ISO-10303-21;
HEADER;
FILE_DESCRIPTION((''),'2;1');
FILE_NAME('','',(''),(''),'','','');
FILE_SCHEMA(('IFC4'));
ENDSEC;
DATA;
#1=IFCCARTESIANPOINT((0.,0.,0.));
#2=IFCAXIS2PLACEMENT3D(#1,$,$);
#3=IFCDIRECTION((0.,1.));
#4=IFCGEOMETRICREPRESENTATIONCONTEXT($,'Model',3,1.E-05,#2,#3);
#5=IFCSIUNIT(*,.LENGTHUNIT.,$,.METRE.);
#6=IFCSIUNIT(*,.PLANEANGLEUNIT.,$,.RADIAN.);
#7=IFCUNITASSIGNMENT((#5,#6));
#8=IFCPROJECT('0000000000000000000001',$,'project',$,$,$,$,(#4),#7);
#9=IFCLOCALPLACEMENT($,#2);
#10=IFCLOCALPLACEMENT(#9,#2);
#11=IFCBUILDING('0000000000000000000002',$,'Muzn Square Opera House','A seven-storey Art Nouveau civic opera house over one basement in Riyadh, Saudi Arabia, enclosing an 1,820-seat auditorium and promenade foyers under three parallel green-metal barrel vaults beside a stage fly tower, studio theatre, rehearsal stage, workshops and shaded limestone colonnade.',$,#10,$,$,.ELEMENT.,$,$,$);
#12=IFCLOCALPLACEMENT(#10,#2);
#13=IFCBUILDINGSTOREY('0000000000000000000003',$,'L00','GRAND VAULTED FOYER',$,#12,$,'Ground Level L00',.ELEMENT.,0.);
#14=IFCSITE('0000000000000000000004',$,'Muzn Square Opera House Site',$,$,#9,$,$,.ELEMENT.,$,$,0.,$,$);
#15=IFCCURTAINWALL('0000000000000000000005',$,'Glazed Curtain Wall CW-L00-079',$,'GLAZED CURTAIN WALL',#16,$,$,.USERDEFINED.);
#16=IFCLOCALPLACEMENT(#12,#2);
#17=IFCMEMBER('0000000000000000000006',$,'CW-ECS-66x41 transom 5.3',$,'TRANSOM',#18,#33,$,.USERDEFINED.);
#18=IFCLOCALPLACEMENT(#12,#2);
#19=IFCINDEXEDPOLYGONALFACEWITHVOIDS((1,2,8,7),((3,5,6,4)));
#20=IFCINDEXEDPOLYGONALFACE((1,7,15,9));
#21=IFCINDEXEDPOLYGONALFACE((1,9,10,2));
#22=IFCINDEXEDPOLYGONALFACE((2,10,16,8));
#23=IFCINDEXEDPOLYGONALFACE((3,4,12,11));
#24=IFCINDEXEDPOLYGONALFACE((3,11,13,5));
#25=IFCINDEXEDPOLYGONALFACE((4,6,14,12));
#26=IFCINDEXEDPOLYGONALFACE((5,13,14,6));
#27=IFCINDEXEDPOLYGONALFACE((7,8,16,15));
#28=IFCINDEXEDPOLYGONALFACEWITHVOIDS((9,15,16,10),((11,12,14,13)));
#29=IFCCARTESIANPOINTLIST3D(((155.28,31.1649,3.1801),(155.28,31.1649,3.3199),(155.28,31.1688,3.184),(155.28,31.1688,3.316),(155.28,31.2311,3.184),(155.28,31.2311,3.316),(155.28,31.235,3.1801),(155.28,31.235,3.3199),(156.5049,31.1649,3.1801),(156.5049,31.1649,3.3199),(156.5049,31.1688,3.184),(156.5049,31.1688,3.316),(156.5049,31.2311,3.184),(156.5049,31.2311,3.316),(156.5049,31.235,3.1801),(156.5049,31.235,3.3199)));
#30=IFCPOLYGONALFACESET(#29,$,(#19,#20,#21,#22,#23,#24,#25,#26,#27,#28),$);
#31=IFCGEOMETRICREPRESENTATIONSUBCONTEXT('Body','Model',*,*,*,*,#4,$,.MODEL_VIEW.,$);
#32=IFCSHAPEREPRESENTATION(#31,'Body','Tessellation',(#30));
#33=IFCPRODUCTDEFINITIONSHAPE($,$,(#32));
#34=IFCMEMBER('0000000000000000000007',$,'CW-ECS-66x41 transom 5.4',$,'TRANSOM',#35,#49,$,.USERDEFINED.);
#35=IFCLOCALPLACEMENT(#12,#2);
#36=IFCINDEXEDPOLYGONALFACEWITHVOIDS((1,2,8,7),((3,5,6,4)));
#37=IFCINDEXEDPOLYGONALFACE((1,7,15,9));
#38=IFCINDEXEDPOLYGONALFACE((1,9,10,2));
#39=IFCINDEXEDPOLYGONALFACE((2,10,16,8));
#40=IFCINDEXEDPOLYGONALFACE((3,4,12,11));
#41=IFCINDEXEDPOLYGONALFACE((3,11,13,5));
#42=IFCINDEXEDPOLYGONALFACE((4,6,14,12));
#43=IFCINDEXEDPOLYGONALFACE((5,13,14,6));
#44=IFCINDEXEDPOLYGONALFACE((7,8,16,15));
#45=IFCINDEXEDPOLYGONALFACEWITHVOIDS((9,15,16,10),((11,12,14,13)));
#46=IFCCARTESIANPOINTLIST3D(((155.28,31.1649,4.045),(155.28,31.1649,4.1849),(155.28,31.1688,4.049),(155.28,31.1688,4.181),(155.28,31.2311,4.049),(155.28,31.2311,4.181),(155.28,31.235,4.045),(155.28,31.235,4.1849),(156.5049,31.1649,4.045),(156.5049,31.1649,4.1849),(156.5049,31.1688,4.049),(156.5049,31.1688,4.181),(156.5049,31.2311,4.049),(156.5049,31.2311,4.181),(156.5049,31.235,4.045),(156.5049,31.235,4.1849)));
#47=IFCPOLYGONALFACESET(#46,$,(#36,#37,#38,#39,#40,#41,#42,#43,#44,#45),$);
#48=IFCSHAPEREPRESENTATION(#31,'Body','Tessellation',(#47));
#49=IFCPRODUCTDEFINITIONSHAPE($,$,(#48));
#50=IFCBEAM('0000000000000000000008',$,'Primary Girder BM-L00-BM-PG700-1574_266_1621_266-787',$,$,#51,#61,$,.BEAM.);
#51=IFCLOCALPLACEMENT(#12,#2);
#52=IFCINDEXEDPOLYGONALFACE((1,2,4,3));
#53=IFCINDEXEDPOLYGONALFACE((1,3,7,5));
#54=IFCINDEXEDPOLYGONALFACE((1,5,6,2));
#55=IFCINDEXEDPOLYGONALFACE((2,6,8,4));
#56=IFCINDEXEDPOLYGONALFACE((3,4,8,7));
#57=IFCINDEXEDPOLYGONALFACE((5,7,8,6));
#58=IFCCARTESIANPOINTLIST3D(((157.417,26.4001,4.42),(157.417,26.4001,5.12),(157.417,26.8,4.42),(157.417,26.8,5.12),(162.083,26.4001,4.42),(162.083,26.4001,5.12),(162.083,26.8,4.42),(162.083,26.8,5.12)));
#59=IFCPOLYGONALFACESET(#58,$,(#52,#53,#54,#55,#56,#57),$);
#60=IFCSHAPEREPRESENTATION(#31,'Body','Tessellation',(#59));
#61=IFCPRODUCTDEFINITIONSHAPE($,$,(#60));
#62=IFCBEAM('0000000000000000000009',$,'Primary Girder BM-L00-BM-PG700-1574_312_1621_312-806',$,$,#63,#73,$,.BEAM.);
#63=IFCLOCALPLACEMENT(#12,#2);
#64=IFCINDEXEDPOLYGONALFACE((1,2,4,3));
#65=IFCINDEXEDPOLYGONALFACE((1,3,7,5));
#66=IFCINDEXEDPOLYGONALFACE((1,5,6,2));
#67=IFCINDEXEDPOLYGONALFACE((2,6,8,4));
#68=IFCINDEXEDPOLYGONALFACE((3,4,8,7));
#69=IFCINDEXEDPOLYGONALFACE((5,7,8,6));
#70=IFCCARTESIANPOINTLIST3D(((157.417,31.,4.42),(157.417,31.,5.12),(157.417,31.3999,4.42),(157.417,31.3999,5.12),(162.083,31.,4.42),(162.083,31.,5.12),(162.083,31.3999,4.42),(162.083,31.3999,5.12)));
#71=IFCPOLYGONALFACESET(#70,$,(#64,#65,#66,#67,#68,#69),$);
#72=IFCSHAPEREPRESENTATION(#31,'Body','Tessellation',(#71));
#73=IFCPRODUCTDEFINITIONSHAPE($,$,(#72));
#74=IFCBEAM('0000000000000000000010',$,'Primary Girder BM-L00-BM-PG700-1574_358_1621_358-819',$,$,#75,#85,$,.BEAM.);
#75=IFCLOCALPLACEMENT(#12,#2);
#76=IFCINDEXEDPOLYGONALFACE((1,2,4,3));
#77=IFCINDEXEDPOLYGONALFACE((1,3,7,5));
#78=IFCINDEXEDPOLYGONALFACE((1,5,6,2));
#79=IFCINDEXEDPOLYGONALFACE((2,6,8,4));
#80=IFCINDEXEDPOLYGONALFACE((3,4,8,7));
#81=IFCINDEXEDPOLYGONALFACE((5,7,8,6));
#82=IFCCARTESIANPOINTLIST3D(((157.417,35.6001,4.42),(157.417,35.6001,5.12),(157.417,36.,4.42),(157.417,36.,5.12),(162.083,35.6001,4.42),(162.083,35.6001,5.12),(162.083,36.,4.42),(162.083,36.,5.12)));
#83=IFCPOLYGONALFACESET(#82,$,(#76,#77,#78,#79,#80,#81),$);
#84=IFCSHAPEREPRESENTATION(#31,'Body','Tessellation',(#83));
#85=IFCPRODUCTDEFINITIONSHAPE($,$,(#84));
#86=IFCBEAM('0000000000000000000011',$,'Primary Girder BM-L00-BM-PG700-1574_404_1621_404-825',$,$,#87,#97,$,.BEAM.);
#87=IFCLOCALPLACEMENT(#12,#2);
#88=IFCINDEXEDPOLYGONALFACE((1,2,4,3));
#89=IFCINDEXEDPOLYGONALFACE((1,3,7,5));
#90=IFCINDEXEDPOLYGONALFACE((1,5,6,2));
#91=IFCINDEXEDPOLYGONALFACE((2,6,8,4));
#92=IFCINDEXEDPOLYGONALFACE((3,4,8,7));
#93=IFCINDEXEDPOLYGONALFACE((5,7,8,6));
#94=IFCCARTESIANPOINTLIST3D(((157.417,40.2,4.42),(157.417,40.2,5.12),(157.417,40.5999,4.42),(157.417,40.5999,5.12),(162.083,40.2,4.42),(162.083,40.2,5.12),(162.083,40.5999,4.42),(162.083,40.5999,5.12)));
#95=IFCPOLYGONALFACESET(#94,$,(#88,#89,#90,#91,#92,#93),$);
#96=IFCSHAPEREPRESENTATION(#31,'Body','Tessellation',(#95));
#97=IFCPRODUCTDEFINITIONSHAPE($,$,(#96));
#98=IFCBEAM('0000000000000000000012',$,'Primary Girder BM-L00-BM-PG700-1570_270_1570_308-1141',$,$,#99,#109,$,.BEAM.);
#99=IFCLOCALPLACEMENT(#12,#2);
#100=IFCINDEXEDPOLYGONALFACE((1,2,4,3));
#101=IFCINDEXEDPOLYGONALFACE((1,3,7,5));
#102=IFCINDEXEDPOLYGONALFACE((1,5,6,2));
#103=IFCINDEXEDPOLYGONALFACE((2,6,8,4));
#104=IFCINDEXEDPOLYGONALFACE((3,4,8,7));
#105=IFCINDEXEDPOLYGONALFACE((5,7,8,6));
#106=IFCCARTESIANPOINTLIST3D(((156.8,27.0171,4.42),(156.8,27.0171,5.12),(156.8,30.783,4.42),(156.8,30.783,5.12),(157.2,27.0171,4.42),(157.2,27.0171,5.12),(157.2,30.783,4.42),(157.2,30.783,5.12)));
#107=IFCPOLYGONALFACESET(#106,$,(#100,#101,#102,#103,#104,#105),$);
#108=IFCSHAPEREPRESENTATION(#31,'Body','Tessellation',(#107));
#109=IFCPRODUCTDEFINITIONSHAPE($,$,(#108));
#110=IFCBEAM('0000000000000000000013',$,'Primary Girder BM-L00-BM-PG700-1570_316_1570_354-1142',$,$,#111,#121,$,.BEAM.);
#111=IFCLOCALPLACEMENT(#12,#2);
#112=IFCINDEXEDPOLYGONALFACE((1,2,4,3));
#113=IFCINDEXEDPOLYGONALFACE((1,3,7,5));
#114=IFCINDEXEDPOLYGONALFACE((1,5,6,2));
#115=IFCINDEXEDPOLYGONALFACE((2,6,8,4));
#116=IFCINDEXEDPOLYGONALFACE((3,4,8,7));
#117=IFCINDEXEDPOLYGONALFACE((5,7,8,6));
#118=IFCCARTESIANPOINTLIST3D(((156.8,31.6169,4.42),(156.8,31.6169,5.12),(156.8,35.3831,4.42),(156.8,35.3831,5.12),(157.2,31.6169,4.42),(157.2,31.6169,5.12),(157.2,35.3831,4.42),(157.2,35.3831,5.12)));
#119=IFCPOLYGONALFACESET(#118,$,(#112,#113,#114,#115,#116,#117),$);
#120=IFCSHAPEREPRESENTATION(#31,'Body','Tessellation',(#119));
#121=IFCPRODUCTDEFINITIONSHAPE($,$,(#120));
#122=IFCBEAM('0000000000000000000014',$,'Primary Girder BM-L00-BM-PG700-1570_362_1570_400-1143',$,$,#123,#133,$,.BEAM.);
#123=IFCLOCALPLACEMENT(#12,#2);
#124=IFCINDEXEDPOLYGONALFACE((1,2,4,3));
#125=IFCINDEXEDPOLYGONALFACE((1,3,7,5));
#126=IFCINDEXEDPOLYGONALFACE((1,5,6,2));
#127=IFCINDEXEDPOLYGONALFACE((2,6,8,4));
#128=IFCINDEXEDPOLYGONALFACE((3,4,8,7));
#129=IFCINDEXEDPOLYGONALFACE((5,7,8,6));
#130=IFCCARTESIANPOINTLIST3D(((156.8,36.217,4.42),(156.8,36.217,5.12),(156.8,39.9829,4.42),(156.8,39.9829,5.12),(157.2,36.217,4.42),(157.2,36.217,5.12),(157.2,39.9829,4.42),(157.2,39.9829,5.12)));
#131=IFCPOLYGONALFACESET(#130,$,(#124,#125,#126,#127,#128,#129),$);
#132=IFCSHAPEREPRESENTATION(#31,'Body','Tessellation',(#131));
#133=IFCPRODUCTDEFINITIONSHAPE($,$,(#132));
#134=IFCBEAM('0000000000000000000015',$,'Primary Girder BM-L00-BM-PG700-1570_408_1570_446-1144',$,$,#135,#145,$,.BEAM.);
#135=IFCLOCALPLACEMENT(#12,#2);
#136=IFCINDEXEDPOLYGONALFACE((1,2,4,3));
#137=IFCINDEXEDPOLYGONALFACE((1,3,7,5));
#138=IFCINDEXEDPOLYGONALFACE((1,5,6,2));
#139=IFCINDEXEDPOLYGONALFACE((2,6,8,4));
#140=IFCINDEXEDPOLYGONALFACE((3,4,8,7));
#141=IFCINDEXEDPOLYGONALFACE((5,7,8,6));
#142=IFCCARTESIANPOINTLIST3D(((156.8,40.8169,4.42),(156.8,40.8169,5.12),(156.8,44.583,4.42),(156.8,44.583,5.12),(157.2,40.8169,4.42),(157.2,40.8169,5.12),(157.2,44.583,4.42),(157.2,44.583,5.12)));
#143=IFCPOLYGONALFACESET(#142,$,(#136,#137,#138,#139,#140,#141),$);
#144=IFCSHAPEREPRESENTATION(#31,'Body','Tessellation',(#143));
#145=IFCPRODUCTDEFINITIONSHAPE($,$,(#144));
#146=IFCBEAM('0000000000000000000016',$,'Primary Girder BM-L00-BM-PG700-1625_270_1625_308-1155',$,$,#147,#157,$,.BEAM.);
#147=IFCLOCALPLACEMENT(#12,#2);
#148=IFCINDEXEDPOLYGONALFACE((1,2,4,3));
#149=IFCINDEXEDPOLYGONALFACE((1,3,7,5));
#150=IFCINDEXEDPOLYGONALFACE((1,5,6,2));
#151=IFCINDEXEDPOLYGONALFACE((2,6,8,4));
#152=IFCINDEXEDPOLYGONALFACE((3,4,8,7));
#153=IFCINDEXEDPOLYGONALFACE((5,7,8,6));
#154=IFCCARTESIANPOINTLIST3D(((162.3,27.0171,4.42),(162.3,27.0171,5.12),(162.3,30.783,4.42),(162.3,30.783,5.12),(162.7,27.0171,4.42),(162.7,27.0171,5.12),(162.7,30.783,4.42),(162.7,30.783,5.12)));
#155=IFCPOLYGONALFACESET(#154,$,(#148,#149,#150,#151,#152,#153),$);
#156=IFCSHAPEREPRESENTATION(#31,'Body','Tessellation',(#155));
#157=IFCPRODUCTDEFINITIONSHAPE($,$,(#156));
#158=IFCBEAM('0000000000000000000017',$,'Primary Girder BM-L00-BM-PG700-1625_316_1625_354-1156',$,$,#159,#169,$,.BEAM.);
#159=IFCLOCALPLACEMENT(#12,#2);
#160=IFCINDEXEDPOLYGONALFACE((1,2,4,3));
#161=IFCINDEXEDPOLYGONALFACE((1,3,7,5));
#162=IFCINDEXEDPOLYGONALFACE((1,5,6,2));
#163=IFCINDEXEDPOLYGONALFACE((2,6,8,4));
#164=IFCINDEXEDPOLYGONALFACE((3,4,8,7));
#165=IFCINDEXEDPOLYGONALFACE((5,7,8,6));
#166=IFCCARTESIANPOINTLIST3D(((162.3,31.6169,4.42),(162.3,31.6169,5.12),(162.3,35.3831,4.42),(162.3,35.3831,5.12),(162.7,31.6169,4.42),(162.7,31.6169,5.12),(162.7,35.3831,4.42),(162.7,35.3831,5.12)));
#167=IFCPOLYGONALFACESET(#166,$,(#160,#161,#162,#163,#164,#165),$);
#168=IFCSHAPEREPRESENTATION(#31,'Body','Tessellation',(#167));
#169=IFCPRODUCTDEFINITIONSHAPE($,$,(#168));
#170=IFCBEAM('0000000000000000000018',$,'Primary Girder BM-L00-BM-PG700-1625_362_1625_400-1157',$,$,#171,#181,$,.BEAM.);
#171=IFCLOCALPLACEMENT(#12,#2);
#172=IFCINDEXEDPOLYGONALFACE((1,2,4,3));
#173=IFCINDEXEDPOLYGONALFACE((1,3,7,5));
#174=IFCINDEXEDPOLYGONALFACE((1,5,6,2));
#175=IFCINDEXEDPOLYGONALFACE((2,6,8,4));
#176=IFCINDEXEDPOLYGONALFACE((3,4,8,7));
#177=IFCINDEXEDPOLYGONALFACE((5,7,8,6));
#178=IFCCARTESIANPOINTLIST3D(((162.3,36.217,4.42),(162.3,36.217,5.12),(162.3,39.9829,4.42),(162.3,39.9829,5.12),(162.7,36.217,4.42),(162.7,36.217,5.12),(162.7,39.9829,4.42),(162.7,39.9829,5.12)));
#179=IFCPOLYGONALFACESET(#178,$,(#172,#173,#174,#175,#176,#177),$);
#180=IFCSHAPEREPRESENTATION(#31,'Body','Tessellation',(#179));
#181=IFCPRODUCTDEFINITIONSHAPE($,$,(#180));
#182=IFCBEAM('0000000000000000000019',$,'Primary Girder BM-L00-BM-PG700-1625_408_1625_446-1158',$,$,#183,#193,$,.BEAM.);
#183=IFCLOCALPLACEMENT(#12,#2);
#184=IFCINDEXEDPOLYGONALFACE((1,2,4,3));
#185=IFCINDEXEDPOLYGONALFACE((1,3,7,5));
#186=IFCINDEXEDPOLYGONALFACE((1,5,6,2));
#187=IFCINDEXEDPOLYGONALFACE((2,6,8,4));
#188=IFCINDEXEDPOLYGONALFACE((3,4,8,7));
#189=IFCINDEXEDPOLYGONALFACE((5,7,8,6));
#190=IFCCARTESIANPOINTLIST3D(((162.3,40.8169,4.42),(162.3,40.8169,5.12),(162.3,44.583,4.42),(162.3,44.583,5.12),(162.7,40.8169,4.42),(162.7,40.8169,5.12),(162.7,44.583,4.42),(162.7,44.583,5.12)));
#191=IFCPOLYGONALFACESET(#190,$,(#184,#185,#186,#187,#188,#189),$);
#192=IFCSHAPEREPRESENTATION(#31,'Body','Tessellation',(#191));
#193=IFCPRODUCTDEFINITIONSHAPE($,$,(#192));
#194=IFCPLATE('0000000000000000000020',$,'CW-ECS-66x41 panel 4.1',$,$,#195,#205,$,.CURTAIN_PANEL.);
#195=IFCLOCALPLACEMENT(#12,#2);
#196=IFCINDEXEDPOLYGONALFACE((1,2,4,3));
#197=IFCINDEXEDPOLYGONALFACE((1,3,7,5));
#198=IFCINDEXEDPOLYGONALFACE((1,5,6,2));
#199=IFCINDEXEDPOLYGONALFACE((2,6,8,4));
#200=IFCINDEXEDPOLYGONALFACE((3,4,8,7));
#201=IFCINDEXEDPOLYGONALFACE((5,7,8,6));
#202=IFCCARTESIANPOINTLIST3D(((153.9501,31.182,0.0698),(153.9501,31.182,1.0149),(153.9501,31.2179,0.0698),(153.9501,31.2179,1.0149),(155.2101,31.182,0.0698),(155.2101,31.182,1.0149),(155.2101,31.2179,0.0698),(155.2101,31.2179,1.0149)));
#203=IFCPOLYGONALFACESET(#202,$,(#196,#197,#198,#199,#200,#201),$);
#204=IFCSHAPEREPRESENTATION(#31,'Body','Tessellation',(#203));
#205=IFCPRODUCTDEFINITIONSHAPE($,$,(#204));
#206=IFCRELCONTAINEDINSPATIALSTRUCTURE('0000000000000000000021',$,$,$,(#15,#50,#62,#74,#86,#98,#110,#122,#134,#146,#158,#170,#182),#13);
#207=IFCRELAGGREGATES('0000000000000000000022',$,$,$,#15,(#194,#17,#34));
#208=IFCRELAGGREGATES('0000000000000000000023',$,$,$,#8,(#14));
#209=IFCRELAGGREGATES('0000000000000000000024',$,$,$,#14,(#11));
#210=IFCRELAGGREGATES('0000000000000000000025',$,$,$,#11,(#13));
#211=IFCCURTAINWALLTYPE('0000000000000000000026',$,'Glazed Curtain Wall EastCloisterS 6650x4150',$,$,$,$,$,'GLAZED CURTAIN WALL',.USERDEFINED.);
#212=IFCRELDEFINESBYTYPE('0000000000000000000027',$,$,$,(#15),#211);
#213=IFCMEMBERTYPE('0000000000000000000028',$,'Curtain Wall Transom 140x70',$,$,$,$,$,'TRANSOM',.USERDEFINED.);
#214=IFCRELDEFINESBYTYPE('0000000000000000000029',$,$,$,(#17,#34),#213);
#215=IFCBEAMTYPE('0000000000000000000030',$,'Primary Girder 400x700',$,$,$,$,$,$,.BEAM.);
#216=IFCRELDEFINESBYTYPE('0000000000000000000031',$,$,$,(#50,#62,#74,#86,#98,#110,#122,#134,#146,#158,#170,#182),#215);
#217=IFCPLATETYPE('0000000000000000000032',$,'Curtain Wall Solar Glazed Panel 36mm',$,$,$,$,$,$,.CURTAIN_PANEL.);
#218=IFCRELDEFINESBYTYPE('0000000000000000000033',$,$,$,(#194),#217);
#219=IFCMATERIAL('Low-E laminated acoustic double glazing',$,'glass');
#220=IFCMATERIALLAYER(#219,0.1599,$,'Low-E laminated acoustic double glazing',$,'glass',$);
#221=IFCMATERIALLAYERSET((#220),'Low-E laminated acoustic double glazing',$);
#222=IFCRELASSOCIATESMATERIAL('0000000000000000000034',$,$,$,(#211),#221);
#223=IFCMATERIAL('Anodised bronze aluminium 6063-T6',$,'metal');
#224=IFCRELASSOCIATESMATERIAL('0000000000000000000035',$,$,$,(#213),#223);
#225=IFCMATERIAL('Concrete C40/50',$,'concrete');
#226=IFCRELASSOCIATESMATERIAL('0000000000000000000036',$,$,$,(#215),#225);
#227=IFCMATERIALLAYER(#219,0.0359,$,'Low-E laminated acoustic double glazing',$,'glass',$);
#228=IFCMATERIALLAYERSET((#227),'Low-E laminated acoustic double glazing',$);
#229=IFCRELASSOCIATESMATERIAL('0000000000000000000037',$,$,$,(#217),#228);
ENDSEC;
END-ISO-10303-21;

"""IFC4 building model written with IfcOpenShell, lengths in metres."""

from ifc_helpers import new_model, si_unit, direction, frame, origin, origin_2d, place, context, subcontext, project, spatial, rectangle, hollow_rectangle, extrude, material, layer, layer_set, material_profile, profile_set, type_object, element, aggregate, save


model = new_model("IFC4")

# Units and contexts
model_context = context("Model", 3, precision=1e-05, world=origin(), true_north=direction((0.0, 1.0)))
body_context = subcontext(model_context, "Body", "Model", "MODEL_VIEW")
ifc_project = project(units=[si_unit("LENGTHUNIT", "METRE"), si_unit("PLANEANGLEUNIT", "RADIAN")], contexts=[model_context])

# Site, building, storey
site_placement = place(None, origin())
site = spatial("IfcSite", under=ifc_project, at=site_placement, Name="Muzn Square Opera House Site", CompositionType="ELEMENT", RefElevation=0.0)
building_placement = place(site_placement, origin())
building = spatial("IfcBuilding", under=site, at=building_placement, Name="Muzn Square Opera House", Description="A seven-storey Art Nouveau civic opera house over one basement in Riyadh, Saudi Arabia, enclosing an 1,820-seat auditorium and promenade foyers under three parallel green-metal barrel vaults beside a stage fly tower, studio theatre, rehearsal stage, workshops and shaded limestone colonnade.", CompositionType="ELEMENT")
storey_placement = place(building_placement, origin())
storey = spatial("IfcBuildingStorey", under=building, at=storey_placement, Name="L00", Description="GRAND VAULTED FOYER", LongName="Ground Level L00", CompositionType="ELEMENT", Elevation=0.0)

# Curtain wall, members
ifc_material_1 = material(Name="Low-E laminated acoustic double glazing", Category="glass")
ifc_layer_1 = layer(ifc_material_1, 0.1599, Name="Low-E laminated acoustic double glazing", Category="glass")
ifc_layer_set_1 = layer_set([ifc_layer_1], Name="Low-E laminated acoustic double glazing")
curtain_wall_type = type_object("IfcCurtainWallType", Name="Glazed Curtain Wall EastCloisterS 6650x4150", ElementType="GLAZED CURTAIN WALL", PredefinedType="USERDEFINED", material=ifc_layer_set_1)
curtain_wall_placement = place(storey_placement, origin())
curtain_wall = element("IfcCurtainWall", 1, at=curtain_wall_placement, inside=storey, type_object=curtain_wall_type, Name="Glazed Curtain Wall CW-L00-079", ObjectType="GLAZED CURTAIN WALL", PredefinedType="USERDEFINED")
ifc_material_2 = material(Name="Anodised bronze aluminium 6063-T6", Category="metal")
ifc_material_profile_1 = material_profile(ifc_material_2, hollow_rectangle(XDim=0.0701, YDim=0.1399, WallThickness=0.0039, at=origin_2d()), Name="ALU 140x70x4", Category="metal")
ifc_profile_set_1 = profile_set([ifc_material_profile_1], Name="Anodised bronze aluminium 6063-T6")
member_type_1 = type_object("IfcMemberType", Name="Curtain Wall Transom 140x70", ElementType="TRANSOM", PredefinedType="USERDEFINED", material=ifc_profile_set_1)
member_1_placement = place(storey_placement, frame((155.28, 31.2, 3.25), z_axis=(1.0, 0.0, 0.0), x_axis=(0.0, 1.0, 0.0)))
member_1 = element("IfcMember", 2, at=member_1_placement, type_object=member_type_1, Name="CW-ECS-66x41 transom 5.3", ObjectType="TRANSOM", PredefinedType="USERDEFINED", context=body_context, shape_type="SweptSolid", body=[
    extrude(hollow_rectangle(XDim=0.0701, YDim=0.1399, WallThickness=0.0039, at=origin_2d()), origin(), (0.0, 0.0, 1.0), 1.2249),
])
member_2_placement = place(storey_placement, frame((155.28, 31.2, 4.115), z_axis=(1.0, 0.0, 0.0), x_axis=(0.0, 1.0, 0.0)))
member_2 = element("IfcMember", 3, at=member_2_placement, type_object=member_type_1, Name="CW-ECS-66x41 transom 5.4", ObjectType="TRANSOM", PredefinedType="USERDEFINED", context=body_context, shape_type="SweptSolid", body=[
    extrude(hollow_rectangle(XDim=0.0701, YDim=0.1399, WallThickness=0.0039, at=origin_2d()), origin(), (0.0, 0.0, 1.0), 1.2249),
])

# Beams
ifc_material_3 = material(Name="Concrete C40/50", Category="concrete")
ifc_material_profile_2 = material_profile(ifc_material_3, rectangle(XDim=0.3999, YDim=0.7, at=origin_2d()), Name="RCB 400x700", Category="concrete")
ifc_profile_set_2 = profile_set([ifc_material_profile_2], Name="Concrete C40/50")
beam_type = type_object("IfcBeamType", Name="Primary Girder 400x700", PredefinedType="BEAM", material=ifc_profile_set_2)
for number, where, z_axis, x_axis, name in (
    (4, (157.417, 26.6001, 4.77), (1.0, 0.0, 0.0), (0.0, 1.0, 0.0), "Primary Girder BM-L00-BM-PG700-1574_266_1621_266-787"),
    (5, (157.417, 31.2, 4.77), (1.0, 0.0, 0.0), (0.0, 1.0, 0.0), "Primary Girder BM-L00-BM-PG700-1574_312_1621_312-806"),
    (6, (157.417, 35.8, 4.77), (1.0, 0.0, 0.0), (0.0, 1.0, 0.0), "Primary Girder BM-L00-BM-PG700-1574_358_1621_358-819"),
    (7, (157.417, 40.3999, 4.77), (1.0, 0.0, 0.0), (0.0, 1.0, 0.0), "Primary Girder BM-L00-BM-PG700-1574_404_1621_404-825"),
):
    element("IfcBeam", number, at=place(storey_placement, frame(where, z_axis=z_axis, x_axis=x_axis)), inside=storey, type_object=beam_type, Name=name, PredefinedType="BEAM", context=body_context, shape_type="SweptSolid", body=[
        extrude(rectangle(XDim=0.3999, YDim=0.7, at=origin_2d()), origin(), (0.0, 0.0, 1.0), 4.666),
    ])
beam_1_placement = place(storey_placement, frame((157.0, 27.0171, 4.77), z_axis=(0.0, 1.0, 0.0), x_axis=(-1.0, 0.0, 0.0)))
element("IfcBeam", 8, at=beam_1_placement, inside=storey, type_object=beam_type, Name="Primary Girder BM-L00-BM-PG700-1570_270_1570_308-1141", PredefinedType="BEAM", context=body_context, shape_type="SweptSolid", body=[
    extrude(rectangle(XDim=0.3999, YDim=0.7, at=origin_2d()), origin(), (0.0, 0.0, 1.0), 3.7659),
])
beam_2_placement = place(storey_placement, frame((157.0, 31.6169, 4.77), z_axis=(0.0, 1.0, 0.0), x_axis=(-1.0, 0.0, 0.0)))
element("IfcBeam", 9, at=beam_2_placement, inside=storey, type_object=beam_type, Name="Primary Girder BM-L00-BM-PG700-1570_316_1570_354-1142", PredefinedType="BEAM", context=body_context, shape_type="SweptSolid", body=[
    extrude(rectangle(XDim=0.3999, YDim=0.7, at=origin_2d()), origin(), (0.0, 0.0, 1.0), 3.7661),
])
beam_3_placement = place(storey_placement, frame((157.0, 36.217, 4.77), z_axis=(0.0, 1.0, 0.0), x_axis=(-1.0, 0.0, 0.0)))
element("IfcBeam", 10, at=beam_3_placement, inside=storey, type_object=beam_type, Name="Primary Girder BM-L00-BM-PG700-1570_362_1570_400-1143", PredefinedType="BEAM", context=body_context, shape_type="SweptSolid", body=[
    extrude(rectangle(XDim=0.3999, YDim=0.7, at=origin_2d()), origin(), (0.0, 0.0, 1.0), 3.7659),
])
beam_4_placement = place(storey_placement, frame((157.0, 40.8169, 4.77), z_axis=(0.0, 1.0, 0.0), x_axis=(-1.0, 0.0, 0.0)))
element("IfcBeam", 11, at=beam_4_placement, inside=storey, type_object=beam_type, Name="Primary Girder BM-L00-BM-PG700-1570_408_1570_446-1144", PredefinedType="BEAM", context=body_context, shape_type="SweptSolid", body=[
    extrude(rectangle(XDim=0.3999, YDim=0.7, at=origin_2d()), origin(), (0.0, 0.0, 1.0), 3.7661),
])
beam_5_placement = place(storey_placement, frame((162.5, 27.0171, 4.77), z_axis=(0.0, 1.0, 0.0), x_axis=(-1.0, 0.0, 0.0)))
element("IfcBeam", 12, at=beam_5_placement, inside=storey, type_object=beam_type, Name="Primary Girder BM-L00-BM-PG700-1625_270_1625_308-1155", PredefinedType="BEAM", context=body_context, shape_type="SweptSolid", body=[
    extrude(rectangle(XDim=0.3999, YDim=0.7, at=origin_2d()), origin(), (0.0, 0.0, 1.0), 3.7659),
])
beam_6_placement = place(storey_placement, frame((162.5, 31.6169, 4.77), z_axis=(0.0, 1.0, 0.0), x_axis=(-1.0, 0.0, 0.0)))
element("IfcBeam", 13, at=beam_6_placement, inside=storey, type_object=beam_type, Name="Primary Girder BM-L00-BM-PG700-1625_316_1625_354-1156", PredefinedType="BEAM", context=body_context, shape_type="SweptSolid", body=[
    extrude(rectangle(XDim=0.3999, YDim=0.7, at=origin_2d()), origin(), (0.0, 0.0, 1.0), 3.7661),
])
beam_7_placement = place(storey_placement, frame((162.5, 36.217, 4.77), z_axis=(0.0, 1.0, 0.0), x_axis=(-1.0, 0.0, 0.0)))
element("IfcBeam", 14, at=beam_7_placement, inside=storey, type_object=beam_type, Name="Primary Girder BM-L00-BM-PG700-1625_362_1625_400-1157", PredefinedType="BEAM", context=body_context, shape_type="SweptSolid", body=[
    extrude(rectangle(XDim=0.3999, YDim=0.7, at=origin_2d()), origin(), (0.0, 0.0, 1.0), 3.7659),
])
beam_8_placement = place(storey_placement, frame((162.5, 40.8169, 4.77), z_axis=(0.0, 1.0, 0.0), x_axis=(-1.0, 0.0, 0.0)))
element("IfcBeam", 15, at=beam_8_placement, inside=storey, type_object=beam_type, Name="Primary Girder BM-L00-BM-PG700-1625_408_1625_446-1158", PredefinedType="BEAM", context=body_context, shape_type="SweptSolid", body=[
    extrude(rectangle(XDim=0.3999, YDim=0.7, at=origin_2d()), origin(), (0.0, 0.0, 1.0), 3.7661),
])

# Plate
ifc_layer_2 = layer(ifc_material_1, 0.0359, Name="Low-E laminated acoustic double glazing", Category="glass")
ifc_layer_set_2 = layer_set([ifc_layer_2], Name="Low-E laminated acoustic double glazing")
plate_type = type_object("IfcPlateType", Name="Curtain Wall Solar Glazed Panel 36mm", PredefinedType="CURTAIN_PANEL", material=ifc_layer_set_2)
plate_1_placement = place(storey_placement, frame((154.5801, 31.2, 0.0698), z_axis=(0.0, 0.0, 1.0), x_axis=(1.0, 0.0, 0.0)))
plate_1 = element("IfcPlate", 16, at=plate_1_placement, type_object=plate_type, Name="CW-ECS-66x41 panel 4.1", PredefinedType="CURTAIN_PANEL", context=body_context, shape_type="SweptSolid", body=[
    extrude(rectangle(XDim=1.26, YDim=0.0359, at=origin_2d()), origin(), (0.0, 0.0, 1.0), 0.9451),
])
aggregate(curtain_wall, [plate_1, member_1, member_2])

save(model, "model.ifc")
